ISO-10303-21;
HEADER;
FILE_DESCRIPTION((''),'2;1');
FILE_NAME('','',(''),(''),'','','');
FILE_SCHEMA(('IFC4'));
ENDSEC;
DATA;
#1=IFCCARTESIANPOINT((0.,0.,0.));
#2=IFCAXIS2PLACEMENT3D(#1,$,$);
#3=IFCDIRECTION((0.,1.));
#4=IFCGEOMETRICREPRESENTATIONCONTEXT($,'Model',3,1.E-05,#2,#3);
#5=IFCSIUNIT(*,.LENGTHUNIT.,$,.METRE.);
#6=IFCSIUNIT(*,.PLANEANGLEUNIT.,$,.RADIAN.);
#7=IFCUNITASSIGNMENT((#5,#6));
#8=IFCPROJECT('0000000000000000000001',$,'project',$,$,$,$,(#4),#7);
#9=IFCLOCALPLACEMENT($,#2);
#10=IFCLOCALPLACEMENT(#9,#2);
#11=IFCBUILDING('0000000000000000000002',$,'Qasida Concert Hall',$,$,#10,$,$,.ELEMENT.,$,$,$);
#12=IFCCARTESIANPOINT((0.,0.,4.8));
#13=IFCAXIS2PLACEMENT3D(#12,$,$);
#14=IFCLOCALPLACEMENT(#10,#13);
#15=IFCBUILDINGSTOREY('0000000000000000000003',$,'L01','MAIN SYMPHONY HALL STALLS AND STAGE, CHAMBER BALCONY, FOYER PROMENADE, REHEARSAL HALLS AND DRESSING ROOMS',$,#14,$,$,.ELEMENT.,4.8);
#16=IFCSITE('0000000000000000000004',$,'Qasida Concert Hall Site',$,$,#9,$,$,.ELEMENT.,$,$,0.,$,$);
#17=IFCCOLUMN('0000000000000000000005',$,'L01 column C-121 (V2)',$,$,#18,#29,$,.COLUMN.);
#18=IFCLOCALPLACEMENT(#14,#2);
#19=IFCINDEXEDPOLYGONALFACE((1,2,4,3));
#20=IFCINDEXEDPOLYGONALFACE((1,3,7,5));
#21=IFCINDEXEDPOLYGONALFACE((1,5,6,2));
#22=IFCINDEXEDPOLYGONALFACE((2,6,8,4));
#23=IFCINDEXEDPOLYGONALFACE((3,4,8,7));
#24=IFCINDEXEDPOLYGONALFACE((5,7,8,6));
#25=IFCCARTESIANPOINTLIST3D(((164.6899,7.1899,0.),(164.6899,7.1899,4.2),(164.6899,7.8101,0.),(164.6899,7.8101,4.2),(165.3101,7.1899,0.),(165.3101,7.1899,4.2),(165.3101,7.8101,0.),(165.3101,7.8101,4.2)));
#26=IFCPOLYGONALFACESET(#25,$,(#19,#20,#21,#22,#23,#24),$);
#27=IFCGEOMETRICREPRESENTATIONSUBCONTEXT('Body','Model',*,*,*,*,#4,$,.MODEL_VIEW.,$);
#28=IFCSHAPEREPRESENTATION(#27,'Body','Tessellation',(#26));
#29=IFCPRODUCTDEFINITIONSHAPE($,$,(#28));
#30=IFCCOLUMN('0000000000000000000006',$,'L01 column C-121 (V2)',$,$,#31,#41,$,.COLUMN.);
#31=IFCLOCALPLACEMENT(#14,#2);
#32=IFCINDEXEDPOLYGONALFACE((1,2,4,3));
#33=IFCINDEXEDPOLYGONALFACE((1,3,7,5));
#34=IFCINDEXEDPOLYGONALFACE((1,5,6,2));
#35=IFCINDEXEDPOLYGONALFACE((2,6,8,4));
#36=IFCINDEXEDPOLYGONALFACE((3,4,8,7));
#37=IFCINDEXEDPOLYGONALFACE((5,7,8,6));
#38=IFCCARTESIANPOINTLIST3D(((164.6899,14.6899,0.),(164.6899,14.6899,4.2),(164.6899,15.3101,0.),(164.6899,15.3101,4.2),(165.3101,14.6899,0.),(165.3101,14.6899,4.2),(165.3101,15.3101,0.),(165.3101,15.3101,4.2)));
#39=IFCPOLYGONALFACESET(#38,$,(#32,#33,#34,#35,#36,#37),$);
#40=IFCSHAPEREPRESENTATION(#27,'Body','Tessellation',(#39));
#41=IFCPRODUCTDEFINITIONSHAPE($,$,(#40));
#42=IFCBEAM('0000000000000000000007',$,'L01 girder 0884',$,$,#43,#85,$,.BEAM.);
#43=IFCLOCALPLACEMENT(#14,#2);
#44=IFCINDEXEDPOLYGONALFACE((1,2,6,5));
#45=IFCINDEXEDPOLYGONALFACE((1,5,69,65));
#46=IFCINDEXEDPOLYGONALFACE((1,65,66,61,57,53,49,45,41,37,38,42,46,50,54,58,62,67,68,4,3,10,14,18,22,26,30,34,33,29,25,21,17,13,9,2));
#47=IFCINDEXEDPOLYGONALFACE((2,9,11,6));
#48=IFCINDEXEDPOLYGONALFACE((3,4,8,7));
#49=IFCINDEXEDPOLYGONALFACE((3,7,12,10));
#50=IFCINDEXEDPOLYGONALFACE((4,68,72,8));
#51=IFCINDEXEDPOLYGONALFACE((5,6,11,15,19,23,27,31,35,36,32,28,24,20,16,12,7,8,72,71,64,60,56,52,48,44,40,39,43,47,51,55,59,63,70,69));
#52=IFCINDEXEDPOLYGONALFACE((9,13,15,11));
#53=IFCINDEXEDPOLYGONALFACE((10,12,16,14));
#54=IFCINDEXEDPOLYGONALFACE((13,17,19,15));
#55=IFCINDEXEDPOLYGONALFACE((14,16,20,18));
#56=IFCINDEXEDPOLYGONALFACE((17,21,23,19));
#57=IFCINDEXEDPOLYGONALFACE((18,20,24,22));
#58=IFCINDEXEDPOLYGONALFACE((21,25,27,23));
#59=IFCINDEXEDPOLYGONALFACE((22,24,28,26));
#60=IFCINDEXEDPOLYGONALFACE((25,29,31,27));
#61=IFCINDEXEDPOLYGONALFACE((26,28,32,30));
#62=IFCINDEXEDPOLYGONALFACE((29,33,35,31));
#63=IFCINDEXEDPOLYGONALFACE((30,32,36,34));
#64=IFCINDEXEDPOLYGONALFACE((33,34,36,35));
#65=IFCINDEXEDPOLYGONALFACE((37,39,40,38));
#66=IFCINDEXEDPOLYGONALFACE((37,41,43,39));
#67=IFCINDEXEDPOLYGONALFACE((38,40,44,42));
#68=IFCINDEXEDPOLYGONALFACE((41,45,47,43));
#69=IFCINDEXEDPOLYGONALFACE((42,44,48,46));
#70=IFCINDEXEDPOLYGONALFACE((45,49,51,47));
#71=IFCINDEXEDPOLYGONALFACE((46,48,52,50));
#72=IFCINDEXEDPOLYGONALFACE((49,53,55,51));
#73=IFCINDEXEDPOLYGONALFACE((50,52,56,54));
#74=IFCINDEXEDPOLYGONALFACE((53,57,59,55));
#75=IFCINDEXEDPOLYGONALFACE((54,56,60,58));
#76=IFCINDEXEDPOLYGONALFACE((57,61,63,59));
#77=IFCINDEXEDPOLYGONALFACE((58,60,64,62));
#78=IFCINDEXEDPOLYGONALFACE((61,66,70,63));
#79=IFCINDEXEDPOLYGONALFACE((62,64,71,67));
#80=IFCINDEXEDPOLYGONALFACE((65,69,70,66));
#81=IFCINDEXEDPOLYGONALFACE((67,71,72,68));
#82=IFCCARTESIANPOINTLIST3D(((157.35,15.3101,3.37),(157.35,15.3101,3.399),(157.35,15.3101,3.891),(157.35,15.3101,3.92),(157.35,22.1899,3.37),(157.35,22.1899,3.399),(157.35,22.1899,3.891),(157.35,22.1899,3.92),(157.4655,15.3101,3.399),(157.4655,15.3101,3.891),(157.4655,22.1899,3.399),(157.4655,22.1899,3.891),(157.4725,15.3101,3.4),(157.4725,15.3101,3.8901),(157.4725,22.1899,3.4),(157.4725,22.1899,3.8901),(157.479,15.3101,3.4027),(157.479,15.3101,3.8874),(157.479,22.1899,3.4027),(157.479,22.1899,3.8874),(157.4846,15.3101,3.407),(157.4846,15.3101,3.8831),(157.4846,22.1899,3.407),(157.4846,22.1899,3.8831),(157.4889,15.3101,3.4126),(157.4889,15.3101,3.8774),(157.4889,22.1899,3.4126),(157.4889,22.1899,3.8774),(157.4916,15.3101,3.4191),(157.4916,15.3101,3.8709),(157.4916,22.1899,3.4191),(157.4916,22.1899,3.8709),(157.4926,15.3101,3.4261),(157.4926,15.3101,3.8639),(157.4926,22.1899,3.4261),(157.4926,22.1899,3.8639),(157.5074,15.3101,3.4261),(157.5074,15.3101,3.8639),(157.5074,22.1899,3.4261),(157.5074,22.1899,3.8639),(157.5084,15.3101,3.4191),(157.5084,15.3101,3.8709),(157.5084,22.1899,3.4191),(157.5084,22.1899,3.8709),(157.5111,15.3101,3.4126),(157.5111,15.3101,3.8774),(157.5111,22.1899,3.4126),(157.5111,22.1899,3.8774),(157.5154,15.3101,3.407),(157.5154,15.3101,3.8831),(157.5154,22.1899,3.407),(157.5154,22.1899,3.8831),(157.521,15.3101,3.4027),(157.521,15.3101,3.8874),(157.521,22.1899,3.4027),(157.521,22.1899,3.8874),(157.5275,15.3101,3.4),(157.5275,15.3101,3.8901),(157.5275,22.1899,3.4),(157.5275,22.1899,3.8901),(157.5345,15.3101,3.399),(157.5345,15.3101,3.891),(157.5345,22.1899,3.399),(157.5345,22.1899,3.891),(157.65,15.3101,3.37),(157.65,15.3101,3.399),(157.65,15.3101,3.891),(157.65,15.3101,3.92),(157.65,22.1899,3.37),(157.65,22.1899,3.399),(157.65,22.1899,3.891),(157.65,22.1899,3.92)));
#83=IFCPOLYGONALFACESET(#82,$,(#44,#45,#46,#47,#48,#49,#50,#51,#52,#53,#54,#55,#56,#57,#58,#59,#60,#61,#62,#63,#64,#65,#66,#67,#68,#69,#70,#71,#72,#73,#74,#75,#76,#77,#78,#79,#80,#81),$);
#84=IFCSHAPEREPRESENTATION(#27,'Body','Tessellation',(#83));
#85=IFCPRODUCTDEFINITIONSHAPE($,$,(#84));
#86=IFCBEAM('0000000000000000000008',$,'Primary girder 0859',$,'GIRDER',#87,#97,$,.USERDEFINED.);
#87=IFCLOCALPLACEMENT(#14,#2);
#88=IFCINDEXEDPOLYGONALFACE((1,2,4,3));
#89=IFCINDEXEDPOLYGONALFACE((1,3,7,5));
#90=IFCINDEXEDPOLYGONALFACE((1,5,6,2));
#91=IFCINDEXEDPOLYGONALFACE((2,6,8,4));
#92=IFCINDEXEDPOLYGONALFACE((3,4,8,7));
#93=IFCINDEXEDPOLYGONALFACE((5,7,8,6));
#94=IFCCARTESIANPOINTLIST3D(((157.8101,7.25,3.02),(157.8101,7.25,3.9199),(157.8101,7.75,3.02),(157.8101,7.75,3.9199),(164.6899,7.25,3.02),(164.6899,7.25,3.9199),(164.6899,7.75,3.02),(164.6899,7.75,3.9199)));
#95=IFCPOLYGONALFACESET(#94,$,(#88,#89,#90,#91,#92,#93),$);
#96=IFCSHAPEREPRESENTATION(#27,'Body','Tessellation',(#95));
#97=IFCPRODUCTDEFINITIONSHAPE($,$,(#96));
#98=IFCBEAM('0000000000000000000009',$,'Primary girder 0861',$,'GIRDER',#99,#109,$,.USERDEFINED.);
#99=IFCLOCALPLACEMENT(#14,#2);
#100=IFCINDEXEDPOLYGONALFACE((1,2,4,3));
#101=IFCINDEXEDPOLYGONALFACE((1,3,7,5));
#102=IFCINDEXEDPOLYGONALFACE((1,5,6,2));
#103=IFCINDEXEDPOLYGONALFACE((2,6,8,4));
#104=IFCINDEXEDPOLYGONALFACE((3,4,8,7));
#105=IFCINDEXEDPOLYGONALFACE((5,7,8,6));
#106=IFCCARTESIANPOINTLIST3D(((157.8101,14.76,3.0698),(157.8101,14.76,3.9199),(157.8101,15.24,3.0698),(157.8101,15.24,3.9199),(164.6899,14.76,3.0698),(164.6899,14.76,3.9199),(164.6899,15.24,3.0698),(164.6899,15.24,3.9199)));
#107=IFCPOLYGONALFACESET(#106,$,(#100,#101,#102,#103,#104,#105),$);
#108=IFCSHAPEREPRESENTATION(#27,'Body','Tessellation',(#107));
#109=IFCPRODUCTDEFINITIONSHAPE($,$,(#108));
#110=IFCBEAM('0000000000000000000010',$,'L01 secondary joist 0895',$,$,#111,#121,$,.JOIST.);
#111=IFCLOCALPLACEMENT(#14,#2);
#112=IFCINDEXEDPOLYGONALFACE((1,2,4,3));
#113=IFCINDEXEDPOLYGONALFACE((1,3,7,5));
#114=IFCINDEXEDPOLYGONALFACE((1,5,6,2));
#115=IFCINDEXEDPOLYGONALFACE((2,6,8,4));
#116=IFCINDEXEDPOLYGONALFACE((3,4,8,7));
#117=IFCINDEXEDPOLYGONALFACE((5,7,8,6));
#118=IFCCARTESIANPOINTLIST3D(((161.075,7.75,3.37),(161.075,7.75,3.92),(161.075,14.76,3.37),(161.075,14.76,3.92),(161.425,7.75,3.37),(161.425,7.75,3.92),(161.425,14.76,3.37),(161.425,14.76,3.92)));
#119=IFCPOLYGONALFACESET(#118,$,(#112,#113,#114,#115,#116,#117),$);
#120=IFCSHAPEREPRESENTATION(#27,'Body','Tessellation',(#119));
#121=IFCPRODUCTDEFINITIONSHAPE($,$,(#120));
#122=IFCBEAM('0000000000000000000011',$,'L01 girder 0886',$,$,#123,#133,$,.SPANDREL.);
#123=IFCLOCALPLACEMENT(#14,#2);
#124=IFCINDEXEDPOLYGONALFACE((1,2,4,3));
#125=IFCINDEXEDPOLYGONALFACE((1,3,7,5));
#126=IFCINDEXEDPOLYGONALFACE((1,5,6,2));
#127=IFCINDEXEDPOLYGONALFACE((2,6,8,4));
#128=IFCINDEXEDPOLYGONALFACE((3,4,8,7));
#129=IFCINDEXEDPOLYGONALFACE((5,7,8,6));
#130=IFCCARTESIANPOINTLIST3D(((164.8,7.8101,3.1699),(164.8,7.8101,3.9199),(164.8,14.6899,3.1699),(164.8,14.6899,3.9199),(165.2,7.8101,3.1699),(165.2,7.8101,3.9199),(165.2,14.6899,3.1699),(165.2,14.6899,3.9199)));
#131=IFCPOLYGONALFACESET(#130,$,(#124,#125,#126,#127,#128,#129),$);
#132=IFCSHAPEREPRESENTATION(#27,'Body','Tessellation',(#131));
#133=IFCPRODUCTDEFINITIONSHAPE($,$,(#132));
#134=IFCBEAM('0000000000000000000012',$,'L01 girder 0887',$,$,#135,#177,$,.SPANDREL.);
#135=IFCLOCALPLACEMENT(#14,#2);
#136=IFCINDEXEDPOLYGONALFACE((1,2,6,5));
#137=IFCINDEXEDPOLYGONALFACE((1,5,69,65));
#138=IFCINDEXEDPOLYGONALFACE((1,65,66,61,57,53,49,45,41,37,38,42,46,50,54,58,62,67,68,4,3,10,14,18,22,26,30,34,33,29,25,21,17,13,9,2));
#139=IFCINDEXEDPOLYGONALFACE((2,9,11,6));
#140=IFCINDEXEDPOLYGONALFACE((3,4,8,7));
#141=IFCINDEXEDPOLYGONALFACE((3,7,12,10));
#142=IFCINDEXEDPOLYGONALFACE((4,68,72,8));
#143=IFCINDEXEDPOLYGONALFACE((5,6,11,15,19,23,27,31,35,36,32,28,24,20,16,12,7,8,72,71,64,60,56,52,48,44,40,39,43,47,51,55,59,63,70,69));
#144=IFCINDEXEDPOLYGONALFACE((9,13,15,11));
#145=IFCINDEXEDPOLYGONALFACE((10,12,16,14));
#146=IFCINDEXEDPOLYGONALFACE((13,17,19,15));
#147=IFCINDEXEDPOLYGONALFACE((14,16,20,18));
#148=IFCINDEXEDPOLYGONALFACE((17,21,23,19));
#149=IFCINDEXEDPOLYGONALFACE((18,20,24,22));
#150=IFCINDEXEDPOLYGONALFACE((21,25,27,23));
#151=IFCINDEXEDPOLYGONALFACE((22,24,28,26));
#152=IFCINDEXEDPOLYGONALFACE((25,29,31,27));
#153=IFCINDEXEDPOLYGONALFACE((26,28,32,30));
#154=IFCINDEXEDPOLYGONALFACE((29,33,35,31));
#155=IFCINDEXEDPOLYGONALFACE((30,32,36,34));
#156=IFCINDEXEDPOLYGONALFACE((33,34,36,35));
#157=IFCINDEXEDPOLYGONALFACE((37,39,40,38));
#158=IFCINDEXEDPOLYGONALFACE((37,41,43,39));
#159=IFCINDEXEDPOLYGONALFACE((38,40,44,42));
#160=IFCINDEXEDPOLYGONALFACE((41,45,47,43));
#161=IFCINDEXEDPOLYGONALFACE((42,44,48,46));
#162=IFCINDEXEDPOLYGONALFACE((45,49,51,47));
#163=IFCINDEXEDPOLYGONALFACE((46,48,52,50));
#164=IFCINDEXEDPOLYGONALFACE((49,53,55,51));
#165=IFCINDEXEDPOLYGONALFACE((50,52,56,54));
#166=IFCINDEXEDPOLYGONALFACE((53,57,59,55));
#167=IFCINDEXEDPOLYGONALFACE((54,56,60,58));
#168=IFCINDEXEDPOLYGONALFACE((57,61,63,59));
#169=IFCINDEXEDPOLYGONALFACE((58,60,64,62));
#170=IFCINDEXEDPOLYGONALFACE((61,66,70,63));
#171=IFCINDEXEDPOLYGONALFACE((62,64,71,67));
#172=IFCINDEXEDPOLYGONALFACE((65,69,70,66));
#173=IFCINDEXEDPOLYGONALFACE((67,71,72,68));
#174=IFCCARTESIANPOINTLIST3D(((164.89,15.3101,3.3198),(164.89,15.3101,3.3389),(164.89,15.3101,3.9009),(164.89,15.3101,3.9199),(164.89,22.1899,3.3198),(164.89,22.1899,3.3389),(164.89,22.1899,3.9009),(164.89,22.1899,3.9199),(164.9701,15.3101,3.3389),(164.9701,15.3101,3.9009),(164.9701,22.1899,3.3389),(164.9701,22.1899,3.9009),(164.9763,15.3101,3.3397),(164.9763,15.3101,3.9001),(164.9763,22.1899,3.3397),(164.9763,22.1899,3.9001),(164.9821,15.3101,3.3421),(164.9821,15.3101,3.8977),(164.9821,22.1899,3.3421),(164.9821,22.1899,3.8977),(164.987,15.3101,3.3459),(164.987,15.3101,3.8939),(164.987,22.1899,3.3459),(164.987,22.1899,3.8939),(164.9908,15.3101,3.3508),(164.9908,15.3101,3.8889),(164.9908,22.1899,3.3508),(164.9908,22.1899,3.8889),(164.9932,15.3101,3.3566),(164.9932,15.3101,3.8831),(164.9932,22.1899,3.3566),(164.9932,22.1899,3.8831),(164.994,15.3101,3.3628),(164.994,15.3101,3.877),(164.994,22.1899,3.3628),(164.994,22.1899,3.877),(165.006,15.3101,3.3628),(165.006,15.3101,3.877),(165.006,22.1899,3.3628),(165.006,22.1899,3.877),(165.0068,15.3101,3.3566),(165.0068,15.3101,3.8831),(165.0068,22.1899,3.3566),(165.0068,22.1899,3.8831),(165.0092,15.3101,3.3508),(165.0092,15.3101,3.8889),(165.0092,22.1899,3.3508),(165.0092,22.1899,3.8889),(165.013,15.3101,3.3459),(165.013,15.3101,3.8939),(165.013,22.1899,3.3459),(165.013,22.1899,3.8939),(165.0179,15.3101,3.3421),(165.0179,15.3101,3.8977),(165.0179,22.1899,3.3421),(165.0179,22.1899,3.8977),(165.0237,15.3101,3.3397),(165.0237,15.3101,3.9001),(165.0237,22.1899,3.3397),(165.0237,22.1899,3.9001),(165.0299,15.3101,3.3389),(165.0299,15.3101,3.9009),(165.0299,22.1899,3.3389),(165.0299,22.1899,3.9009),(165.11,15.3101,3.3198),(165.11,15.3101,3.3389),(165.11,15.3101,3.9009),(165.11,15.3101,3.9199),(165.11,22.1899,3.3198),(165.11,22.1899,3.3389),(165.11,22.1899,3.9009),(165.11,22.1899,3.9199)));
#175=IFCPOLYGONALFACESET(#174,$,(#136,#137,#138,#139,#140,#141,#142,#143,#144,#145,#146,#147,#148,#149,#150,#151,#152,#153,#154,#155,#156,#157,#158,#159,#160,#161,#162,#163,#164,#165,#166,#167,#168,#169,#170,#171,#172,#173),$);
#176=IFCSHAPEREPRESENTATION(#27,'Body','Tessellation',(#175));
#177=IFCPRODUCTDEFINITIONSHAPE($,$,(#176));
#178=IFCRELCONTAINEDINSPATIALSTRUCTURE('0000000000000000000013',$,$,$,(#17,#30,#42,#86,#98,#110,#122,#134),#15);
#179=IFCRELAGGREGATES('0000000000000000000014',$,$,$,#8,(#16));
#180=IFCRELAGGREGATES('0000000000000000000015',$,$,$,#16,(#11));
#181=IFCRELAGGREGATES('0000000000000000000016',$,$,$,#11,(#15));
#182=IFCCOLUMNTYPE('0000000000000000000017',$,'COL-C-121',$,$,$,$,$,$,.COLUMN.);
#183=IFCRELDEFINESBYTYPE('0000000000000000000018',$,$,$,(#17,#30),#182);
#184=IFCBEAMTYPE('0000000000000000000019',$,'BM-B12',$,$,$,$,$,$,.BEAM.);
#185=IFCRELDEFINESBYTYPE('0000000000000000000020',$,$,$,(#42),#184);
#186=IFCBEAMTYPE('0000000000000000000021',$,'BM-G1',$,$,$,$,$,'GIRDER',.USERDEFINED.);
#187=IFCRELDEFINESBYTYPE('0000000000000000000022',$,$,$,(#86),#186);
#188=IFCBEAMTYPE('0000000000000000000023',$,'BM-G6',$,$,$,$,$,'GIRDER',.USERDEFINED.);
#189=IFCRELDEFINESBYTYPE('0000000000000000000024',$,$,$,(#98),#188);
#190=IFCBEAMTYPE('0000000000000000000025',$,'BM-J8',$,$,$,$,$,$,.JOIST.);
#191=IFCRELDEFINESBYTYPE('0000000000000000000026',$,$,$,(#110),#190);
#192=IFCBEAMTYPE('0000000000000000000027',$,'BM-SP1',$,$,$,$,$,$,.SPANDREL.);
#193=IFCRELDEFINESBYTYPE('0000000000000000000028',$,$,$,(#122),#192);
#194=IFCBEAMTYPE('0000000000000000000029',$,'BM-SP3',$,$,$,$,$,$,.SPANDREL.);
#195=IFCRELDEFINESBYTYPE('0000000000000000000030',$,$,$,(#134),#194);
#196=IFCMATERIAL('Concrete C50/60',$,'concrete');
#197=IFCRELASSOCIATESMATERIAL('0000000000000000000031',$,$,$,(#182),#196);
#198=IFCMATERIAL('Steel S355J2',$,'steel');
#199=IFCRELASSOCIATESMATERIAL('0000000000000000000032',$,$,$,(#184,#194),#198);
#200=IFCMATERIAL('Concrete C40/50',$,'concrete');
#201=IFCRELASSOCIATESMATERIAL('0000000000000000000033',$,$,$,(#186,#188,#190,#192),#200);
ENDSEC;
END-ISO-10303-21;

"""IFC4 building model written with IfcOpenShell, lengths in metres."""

from ifc_helpers import new_model, si_unit, direction, frame, origin, origin_2d, place, context, subcontext, project, spatial, rectangle, i_section, extrude, material, material_profile, profile_set, type_object, element, save


model = new_model("IFC4")

# Units and contexts
model_context = context("Model", 3, precision=1e-05, world=origin(), true_north=direction((0.0, 1.0)))
body_context = subcontext(model_context, "Body", "Model", "MODEL_VIEW")
ifc_project = project(units=[si_unit("LENGTHUNIT", "METRE"), si_unit("PLANEANGLEUNIT", "RADIAN")], contexts=[model_context])

# Site, building, storey
site_placement = place(None, origin())
site = spatial("IfcSite", under=ifc_project, at=site_placement, Name="Qasida Concert Hall Site", CompositionType="ELEMENT", RefElevation=0.0)
building_placement = place(site_placement, origin())
building = spatial("IfcBuilding", under=site, at=building_placement, Name="Qasida Concert Hall", CompositionType="ELEMENT")
storey_placement = place(building_placement, frame((0.0, 0.0, 4.8)))
storey = spatial("IfcBuildingStorey", under=building, at=storey_placement, Name="L01", Description="MAIN SYMPHONY HALL STALLS AND STAGE, CHAMBER BALCONY, FOYER PROMENADE, REHEARSAL HALLS AND DRESSING ROOMS", CompositionType="ELEMENT", Elevation=4.8)

# Columns
ifc_material_1 = material(Name="Concrete C50/60", Category="concrete")
ifc_material_profile_1 = material_profile(ifc_material_1, rectangle(XDim=0.6201, YDim=0.6201, at=origin_2d()), Name="RC 620x620")
ifc_profile_set_1 = profile_set([ifc_material_profile_1], Name="Concrete C50/60")
column_type = type_object("IfcColumnType", Name="COL-C-121", PredefinedType="COLUMN", material=ifc_profile_set_1)
for number, where, z_axis, x_axis, name in (
    (1, (165.0, 7.5, 0.0), (0.0, 0.0, 1.0), (1.0, 0.0, 0.0), "L01 column C-121 (V2)"),
    (2, (165.0, 15.0, 0.0), (0.0, 0.0, 1.0), (1.0, 0.0, 0.0), "L01 column C-121 (V2)"),
):
    element("IfcColumn", number, at=place(storey_placement, frame(where, z_axis=z_axis, x_axis=x_axis)), inside=storey, type_object=column_type, Name=name, PredefinedType="COLUMN", context=body_context, shape_type="SweptSolid", body=[
        extrude(rectangle(XDim=0.6201, YDim=0.6201, at=origin_2d()), origin(), (0.0, 0.0, 1.0), 4.2),
    ])

# Beams
ifc_material_2 = material(Name="Steel S355J2", Category="steel")
ifc_material_profile_2 = material_profile(ifc_material_2, i_section(OverallWidth=0.3, OverallDepth=0.55, WebThickness=0.0149, FlangeThickness=0.0291, FilletRadius=0.0271, at=origin_2d()), Name="HEB 550")
ifc_profile_set_2 = profile_set([ifc_material_profile_2], Name="Steel S355J2")
beam_type_1 = type_object("IfcBeamType", Name="BM-B12", PredefinedType="BEAM", material=ifc_profile_set_2)
beam_1_placement = place(storey_placement, frame((157.5, 15.3101, 3.645), z_axis=(0.0, 1.0, 0.0), x_axis=(-1.0, 0.0, 0.0)))
element("IfcBeam", 3, at=beam_1_placement, inside=storey, type_object=beam_type_1, Name="L01 girder 0884", PredefinedType="BEAM", context=body_context, shape_type="SweptSolid", body=[
    extrude(i_section(OverallWidth=0.3, OverallDepth=0.55, WebThickness=0.0149, FlangeThickness=0.0291, FilletRadius=0.0271, at=origin_2d()), origin(), (0.0, 0.0, 1.0), 6.8799),
])
ifc_material_3 = material(Name="Concrete C40/50", Category="concrete")
ifc_material_profile_3 = material_profile(ifc_material_3, rectangle(XDim=0.5, YDim=0.8999, at=origin_2d()), Name="RC 500x900")
ifc_profile_set_3 = profile_set([ifc_material_profile_3], Name="Concrete C40/50")
beam_type_2 = type_object("IfcBeamType", Name="BM-G1", ElementType="GIRDER", PredefinedType="USERDEFINED", material=ifc_profile_set_3)
beam_2_placement = place(storey_placement, frame((157.8101, 7.5, 3.47), z_axis=(1.0, 0.0, 0.0), x_axis=(0.0, 1.0, 0.0)))
element("IfcBeam", 4, at=beam_2_placement, inside=storey, type_object=beam_type_2, Name="Primary girder 0859", ObjectType="GIRDER", PredefinedType="USERDEFINED", context=body_context, shape_type="SweptSolid", body=[
    extrude(rectangle(XDim=0.5, YDim=0.8999, at=origin_2d()), origin(), (0.0, 0.0, 1.0), 6.8799),
])
ifc_material_profile_4 = material_profile(ifc_material_3, rectangle(XDim=0.48, YDim=0.8501, at=origin_2d()), Name="RC 480x850")
ifc_profile_set_4 = profile_set([ifc_material_profile_4], Name="Concrete C40/50")
beam_type_3 = type_object("IfcBeamType", Name="BM-G6", ElementType="GIRDER", PredefinedType="USERDEFINED", material=ifc_profile_set_4)
beam_3_placement = place(storey_placement, frame((157.8101, 15.0, 3.4949), z_axis=(1.0, 0.0, 0.0), x_axis=(0.0, 1.0, 0.0)))
element("IfcBeam", 5, at=beam_3_placement, inside=storey, type_object=beam_type_3, Name="Primary girder 0861", ObjectType="GIRDER", PredefinedType="USERDEFINED", context=body_context, shape_type="SweptSolid", body=[
    extrude(rectangle(XDim=0.48, YDim=0.8501, at=origin_2d()), origin(), (0.0, 0.0, 1.0), 6.8799),
])
ifc_material_profile_5 = material_profile(ifc_material_3, rectangle(XDim=0.3501, YDim=0.55, at=origin_2d()), Name="RC 350x550")
ifc_profile_set_5 = profile_set([ifc_material_profile_5], Name="Concrete C40/50")
beam_type_4 = type_object("IfcBeamType", Name="BM-J8", PredefinedType="JOIST", material=ifc_profile_set_5)
beam_4_placement = place(storey_placement, frame((161.25, 7.75, 3.645), z_axis=(0.0, 1.0, 0.0), x_axis=(-1.0, 0.0, 0.0)))
element("IfcBeam", 6, at=beam_4_placement, inside=storey, type_object=beam_type_4, Name="L01 secondary joist 0895", PredefinedType="JOIST", context=body_context, shape_type="SweptSolid", body=[
    extrude(rectangle(XDim=0.3501, YDim=0.55, at=origin_2d()), origin(), (0.0, 0.0, 1.0), 7.01),
])
ifc_material_profile_6 = material_profile(ifc_material_3, rectangle(XDim=0.3999, YDim=0.75, at=origin_2d()), Name="RC 400x750")
ifc_profile_set_6 = profile_set([ifc_material_profile_6], Name="Concrete C40/50")
beam_type_5 = type_object("IfcBeamType", Name="BM-SP1", PredefinedType="SPANDREL", material=ifc_profile_set_6)
beam_5_placement = place(storey_placement, frame((165.0, 7.8101, 3.5449), z_axis=(0.0, 1.0, 0.0), x_axis=(-1.0, 0.0, 0.0)))
element("IfcBeam", 7, at=beam_5_placement, inside=storey, type_object=beam_type_5, Name="L01 girder 0886", PredefinedType="SPANDREL", context=body_context, shape_type="SweptSolid", body=[
    extrude(rectangle(XDim=0.3999, YDim=0.75, at=origin_2d()), origin(), (0.0, 0.0, 1.0), 6.8799),
])
ifc_material_profile_7 = material_profile(ifc_material_2, i_section(OverallWidth=0.22, OverallDepth=0.6001, WebThickness=0.012, FlangeThickness=0.019, FilletRadius=0.0239, at=origin_2d()), Name="IPE 600")
ifc_profile_set_7 = profile_set([ifc_material_profile_7], Name="Steel S355J2")
beam_type_6 = type_object("IfcBeamType", Name="BM-SP3", PredefinedType="SPANDREL", material=ifc_profile_set_7)
beam_6_placement = place(storey_placement, frame((165.0, 15.3101, 3.6199), z_axis=(0.0, 1.0, 0.0), x_axis=(-1.0, 0.0, 0.0)))
element("IfcBeam", 8, at=beam_6_placement, inside=storey, type_object=beam_type_6, Name="L01 girder 0887", PredefinedType="SPANDREL", context=body_context, shape_type="SweptSolid", body=[
    extrude(i_section(OverallWidth=0.22, OverallDepth=0.6001, WebThickness=0.012, FlangeThickness=0.019, FilletRadius=0.0239, at=origin_2d()), origin(), (0.0, 0.0, 1.0), 6.8799),
])

save(model, "model.ifc")
